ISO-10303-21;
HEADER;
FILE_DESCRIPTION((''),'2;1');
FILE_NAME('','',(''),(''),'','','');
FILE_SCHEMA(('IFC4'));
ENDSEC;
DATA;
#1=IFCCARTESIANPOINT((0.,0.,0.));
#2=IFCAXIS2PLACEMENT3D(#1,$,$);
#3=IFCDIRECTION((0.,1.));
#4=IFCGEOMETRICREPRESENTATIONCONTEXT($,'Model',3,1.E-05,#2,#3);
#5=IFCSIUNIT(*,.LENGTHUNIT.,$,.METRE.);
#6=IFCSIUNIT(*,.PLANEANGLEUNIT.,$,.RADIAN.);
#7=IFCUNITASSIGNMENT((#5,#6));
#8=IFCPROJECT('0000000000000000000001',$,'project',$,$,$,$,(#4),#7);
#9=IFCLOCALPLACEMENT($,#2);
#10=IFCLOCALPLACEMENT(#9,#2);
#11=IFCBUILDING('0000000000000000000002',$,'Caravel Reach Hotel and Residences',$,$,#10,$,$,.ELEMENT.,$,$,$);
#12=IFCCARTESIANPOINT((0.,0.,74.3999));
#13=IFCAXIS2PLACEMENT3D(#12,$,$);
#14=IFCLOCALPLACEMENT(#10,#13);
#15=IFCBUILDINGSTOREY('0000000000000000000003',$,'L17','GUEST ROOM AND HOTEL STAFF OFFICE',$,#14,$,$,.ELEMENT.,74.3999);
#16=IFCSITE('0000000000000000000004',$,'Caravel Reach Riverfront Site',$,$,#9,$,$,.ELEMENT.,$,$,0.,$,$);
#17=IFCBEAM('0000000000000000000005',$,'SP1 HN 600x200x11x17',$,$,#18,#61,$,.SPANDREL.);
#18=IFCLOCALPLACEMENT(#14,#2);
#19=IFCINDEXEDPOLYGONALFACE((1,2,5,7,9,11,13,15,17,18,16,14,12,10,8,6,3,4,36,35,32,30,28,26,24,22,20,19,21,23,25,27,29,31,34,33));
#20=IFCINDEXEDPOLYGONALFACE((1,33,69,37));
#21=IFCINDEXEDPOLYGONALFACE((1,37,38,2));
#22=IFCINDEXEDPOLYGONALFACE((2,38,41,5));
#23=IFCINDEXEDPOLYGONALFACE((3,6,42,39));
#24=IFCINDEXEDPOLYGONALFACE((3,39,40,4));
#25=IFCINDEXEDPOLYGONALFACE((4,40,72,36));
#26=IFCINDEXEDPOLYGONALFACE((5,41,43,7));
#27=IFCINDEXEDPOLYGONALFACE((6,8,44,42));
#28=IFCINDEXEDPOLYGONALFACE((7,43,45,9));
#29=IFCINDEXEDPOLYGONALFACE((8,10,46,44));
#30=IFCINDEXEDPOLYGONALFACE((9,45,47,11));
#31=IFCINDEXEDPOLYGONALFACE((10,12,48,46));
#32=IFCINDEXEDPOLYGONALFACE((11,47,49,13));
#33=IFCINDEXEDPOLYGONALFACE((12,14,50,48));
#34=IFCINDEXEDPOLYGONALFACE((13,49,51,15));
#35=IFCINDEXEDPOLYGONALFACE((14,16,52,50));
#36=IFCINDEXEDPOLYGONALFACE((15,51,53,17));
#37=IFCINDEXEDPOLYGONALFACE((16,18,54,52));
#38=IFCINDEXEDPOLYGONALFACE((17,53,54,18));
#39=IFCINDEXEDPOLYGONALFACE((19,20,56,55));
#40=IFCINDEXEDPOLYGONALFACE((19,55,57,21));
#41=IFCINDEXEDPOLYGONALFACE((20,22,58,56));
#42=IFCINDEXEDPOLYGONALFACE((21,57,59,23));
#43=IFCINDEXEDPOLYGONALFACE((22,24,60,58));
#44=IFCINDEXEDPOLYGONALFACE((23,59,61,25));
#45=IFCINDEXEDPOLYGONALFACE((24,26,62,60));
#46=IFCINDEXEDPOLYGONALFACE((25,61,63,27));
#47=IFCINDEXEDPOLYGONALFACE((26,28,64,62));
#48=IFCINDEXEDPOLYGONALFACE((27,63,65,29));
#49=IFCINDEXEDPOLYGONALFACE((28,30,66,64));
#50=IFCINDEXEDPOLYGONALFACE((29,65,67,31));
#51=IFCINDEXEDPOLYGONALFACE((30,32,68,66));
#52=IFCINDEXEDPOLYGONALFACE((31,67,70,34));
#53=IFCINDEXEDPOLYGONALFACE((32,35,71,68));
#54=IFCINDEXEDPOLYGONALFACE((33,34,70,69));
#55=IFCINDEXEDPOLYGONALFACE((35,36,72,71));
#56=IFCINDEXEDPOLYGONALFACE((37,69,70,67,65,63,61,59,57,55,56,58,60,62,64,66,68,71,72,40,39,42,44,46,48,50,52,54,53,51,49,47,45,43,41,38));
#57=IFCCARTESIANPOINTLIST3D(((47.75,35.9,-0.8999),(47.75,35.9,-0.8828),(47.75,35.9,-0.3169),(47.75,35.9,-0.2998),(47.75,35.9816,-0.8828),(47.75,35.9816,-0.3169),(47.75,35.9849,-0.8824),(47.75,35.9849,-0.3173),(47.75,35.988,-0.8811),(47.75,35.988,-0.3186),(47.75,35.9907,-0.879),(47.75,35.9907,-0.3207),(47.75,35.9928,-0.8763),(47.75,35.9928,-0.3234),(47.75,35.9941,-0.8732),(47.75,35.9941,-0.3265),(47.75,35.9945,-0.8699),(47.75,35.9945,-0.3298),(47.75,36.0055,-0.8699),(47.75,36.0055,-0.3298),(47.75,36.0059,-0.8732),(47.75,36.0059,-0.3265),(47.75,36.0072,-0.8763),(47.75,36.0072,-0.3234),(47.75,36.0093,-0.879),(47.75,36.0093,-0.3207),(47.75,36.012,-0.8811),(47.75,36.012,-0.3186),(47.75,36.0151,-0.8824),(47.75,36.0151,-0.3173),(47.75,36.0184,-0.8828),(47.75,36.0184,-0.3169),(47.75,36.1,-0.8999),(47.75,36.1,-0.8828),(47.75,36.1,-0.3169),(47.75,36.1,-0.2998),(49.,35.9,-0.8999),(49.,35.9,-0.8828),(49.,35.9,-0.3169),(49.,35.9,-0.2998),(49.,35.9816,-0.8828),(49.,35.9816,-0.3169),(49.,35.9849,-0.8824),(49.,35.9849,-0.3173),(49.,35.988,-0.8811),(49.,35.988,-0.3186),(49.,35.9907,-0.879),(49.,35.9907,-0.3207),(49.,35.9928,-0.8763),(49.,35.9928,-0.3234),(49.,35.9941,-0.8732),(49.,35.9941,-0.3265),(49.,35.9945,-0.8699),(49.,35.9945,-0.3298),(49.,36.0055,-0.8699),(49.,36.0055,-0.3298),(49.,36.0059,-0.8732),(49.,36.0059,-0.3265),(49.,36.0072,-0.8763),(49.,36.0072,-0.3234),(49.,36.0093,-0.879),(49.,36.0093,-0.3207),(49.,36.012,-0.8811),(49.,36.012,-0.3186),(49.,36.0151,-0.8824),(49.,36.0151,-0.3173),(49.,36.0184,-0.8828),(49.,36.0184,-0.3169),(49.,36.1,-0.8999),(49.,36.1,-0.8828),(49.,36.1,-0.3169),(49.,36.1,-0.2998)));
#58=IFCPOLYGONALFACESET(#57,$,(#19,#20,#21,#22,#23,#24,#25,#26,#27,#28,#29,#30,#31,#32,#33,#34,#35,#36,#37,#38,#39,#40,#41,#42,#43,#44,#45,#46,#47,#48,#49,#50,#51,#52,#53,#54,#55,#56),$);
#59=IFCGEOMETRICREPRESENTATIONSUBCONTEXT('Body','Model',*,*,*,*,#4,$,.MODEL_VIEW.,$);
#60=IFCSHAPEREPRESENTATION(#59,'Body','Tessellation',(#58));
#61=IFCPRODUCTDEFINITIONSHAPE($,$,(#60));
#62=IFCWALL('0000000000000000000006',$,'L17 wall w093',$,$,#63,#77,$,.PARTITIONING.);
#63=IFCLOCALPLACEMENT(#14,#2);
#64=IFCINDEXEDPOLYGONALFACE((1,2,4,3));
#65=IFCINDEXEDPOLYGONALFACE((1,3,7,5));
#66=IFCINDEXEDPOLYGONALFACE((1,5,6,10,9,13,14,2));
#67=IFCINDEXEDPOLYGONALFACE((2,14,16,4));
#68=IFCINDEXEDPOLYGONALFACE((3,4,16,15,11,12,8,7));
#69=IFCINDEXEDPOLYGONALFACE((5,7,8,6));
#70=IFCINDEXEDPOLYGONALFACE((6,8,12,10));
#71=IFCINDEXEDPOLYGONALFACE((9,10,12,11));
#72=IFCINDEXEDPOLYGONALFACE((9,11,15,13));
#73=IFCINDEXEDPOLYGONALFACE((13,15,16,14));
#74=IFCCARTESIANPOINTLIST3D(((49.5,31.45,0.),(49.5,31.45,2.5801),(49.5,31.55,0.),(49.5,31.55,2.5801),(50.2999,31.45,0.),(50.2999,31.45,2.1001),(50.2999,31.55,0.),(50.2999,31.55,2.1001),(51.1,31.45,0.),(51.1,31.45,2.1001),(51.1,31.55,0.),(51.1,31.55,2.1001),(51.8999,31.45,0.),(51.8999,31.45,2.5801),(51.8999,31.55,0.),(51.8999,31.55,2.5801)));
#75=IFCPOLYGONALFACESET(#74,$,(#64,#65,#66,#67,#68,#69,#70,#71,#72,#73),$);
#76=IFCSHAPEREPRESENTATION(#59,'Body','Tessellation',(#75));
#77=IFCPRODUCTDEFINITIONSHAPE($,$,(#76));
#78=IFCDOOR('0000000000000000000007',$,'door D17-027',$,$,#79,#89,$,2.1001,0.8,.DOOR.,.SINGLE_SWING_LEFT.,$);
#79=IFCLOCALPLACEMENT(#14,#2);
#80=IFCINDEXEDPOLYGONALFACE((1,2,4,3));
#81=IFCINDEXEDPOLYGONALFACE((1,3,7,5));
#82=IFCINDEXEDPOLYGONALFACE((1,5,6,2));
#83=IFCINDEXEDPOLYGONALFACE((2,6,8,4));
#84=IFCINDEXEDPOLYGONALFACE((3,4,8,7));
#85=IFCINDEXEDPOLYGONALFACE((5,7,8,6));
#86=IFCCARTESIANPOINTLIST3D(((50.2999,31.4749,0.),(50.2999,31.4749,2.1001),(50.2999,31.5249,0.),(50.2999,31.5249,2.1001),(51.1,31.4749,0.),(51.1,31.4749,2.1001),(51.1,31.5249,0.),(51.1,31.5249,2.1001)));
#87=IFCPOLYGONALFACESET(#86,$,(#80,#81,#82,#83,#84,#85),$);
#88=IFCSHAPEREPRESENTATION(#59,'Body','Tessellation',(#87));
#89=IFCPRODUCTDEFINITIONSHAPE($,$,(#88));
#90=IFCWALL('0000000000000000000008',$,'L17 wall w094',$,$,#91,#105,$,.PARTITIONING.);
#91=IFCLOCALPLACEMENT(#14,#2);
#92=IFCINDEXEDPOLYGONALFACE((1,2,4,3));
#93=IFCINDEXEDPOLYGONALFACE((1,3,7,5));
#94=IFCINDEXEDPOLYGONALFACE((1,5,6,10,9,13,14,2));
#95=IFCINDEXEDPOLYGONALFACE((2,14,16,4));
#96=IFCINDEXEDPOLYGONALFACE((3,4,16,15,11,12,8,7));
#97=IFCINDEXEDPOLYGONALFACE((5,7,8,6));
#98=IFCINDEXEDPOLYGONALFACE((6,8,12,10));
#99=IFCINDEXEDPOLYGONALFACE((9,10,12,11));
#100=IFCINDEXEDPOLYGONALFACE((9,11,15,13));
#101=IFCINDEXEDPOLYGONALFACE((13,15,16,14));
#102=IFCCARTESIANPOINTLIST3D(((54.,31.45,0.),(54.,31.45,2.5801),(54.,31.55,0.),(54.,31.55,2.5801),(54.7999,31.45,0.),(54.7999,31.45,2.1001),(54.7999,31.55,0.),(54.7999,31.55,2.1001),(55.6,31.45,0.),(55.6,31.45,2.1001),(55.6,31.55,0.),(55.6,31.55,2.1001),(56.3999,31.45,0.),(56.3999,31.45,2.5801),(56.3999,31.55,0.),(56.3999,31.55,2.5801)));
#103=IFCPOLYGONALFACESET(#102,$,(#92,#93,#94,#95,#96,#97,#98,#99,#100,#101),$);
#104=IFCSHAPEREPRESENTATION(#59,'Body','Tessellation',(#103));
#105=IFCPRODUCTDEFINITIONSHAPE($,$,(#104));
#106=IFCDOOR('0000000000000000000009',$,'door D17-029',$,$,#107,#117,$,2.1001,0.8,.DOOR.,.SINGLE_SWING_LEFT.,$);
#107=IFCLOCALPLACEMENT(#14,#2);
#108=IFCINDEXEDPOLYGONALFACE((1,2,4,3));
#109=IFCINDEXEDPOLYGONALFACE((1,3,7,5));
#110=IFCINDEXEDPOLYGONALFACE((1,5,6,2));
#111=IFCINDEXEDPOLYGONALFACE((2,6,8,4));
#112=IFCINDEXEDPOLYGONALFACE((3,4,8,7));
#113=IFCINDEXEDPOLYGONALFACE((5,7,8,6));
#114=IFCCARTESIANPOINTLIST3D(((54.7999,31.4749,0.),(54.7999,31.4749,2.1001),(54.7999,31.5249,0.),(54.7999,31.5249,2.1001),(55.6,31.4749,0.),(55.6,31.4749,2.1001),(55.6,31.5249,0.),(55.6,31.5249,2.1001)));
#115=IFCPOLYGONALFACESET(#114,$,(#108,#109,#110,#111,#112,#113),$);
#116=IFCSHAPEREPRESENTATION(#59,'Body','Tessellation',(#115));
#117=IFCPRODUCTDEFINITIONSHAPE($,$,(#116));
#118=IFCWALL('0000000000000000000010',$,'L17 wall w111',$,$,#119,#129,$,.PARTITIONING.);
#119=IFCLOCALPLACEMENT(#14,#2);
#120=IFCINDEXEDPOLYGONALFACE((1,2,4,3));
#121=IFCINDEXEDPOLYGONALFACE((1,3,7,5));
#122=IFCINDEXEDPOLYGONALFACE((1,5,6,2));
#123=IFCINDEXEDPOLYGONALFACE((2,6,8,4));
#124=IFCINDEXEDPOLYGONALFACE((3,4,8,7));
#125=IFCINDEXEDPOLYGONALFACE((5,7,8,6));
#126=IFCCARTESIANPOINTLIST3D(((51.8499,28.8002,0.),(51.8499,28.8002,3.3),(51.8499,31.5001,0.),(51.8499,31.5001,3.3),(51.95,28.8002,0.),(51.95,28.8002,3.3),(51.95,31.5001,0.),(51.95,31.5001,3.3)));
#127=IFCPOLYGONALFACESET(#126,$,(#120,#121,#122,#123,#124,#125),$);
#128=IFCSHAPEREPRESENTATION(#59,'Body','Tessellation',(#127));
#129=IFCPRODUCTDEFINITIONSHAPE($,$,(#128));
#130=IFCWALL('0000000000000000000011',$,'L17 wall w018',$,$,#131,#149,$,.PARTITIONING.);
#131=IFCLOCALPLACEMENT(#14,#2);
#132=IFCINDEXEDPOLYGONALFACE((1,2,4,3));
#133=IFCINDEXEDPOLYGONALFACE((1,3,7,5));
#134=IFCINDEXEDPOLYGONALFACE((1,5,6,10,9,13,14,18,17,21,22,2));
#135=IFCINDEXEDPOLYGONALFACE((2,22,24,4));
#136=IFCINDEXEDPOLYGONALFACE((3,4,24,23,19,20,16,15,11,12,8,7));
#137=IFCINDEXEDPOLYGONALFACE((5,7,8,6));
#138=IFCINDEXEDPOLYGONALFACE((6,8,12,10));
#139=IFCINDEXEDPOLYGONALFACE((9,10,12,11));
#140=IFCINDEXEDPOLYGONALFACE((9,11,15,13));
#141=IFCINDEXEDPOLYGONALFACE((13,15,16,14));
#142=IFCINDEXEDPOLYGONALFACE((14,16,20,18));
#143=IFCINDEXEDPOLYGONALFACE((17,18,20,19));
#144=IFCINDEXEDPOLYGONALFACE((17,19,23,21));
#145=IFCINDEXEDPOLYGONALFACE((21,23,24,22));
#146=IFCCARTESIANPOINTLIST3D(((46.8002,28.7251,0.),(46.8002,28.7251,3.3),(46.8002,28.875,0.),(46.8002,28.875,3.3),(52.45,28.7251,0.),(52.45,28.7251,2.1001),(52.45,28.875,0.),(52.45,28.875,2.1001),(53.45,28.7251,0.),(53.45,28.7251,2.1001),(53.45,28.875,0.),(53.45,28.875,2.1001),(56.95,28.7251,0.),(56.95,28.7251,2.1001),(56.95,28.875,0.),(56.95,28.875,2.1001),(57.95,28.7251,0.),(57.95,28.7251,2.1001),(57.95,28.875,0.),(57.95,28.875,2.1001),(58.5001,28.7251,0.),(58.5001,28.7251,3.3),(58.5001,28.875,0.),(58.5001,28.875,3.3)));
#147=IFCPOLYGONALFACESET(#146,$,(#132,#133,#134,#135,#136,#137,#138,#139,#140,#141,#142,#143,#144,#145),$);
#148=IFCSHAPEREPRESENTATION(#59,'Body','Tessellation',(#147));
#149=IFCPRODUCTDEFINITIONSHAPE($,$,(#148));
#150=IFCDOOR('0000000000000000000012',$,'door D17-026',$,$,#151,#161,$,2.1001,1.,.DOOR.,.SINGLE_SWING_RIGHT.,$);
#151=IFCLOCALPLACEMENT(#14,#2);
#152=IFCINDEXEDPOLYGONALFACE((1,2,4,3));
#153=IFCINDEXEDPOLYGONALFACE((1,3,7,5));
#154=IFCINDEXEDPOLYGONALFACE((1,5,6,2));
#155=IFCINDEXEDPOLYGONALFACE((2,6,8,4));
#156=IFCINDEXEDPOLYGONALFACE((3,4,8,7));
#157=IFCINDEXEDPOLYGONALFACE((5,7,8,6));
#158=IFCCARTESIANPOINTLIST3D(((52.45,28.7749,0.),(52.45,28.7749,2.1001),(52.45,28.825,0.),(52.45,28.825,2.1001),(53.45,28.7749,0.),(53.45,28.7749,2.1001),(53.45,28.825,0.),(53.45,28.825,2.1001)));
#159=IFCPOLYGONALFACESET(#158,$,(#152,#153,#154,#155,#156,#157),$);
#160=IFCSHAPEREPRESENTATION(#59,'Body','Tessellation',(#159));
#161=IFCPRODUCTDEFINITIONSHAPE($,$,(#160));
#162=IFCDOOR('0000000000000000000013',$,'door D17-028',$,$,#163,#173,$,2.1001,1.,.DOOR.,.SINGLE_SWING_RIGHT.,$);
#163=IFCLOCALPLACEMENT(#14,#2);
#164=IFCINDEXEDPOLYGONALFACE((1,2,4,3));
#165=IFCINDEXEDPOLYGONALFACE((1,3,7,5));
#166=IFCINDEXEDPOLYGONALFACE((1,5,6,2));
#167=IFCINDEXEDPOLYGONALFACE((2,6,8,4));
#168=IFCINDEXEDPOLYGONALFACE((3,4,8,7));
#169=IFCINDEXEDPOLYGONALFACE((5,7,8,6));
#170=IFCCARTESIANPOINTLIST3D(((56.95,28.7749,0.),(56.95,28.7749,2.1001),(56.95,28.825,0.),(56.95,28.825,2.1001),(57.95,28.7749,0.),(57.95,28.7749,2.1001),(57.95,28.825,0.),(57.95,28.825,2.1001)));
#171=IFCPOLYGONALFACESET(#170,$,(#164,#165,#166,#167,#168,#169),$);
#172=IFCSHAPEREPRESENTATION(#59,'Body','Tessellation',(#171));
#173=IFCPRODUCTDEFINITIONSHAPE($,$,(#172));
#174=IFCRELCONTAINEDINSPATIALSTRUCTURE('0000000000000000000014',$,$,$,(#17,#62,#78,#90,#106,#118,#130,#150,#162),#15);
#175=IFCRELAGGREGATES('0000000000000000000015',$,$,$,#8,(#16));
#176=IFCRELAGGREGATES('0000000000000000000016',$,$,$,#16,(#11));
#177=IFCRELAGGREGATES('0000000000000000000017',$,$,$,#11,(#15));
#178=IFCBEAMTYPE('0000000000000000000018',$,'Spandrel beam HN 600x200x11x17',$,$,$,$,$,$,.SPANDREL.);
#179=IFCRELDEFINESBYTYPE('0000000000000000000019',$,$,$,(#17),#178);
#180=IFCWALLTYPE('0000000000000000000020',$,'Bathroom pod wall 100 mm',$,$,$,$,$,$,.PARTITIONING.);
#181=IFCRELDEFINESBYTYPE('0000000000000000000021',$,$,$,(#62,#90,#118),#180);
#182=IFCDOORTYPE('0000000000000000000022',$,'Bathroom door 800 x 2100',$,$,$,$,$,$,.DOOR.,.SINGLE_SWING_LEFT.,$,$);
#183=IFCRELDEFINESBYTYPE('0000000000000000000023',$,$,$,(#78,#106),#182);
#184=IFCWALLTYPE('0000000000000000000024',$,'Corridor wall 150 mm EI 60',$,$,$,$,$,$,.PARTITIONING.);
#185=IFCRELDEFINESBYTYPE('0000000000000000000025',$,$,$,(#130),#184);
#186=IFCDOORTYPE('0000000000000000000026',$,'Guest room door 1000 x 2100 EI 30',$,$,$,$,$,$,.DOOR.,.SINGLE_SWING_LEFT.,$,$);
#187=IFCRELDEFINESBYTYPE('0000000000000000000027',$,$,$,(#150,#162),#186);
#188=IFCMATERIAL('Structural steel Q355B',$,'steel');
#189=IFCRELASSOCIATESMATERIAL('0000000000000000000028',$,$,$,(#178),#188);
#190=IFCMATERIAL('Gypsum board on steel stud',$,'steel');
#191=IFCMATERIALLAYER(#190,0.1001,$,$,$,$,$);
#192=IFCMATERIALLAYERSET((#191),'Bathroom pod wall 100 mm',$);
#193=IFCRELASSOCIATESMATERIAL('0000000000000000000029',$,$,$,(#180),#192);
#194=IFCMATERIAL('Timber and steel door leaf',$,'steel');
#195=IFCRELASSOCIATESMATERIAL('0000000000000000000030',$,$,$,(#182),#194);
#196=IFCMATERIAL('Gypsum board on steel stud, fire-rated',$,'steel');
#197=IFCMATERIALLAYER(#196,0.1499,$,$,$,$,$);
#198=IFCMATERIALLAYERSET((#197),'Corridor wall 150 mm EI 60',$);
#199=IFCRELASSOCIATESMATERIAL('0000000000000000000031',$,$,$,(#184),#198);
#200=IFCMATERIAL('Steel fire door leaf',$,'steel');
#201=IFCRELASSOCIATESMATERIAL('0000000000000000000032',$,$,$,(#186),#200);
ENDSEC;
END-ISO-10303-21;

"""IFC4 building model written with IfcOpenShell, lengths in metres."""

from ifc_helpers import new_model, si_unit, direction, frame, frame_2d, origin, origin_2d, place, context, subcontext, project, spatial, rectangle, i_section, extrude, material, layer, layer_set, material_profile, profile_set, type_object, element, fill, save


model = new_model("IFC4")

# Units and contexts
model_context = context("Model", 3, precision=1e-05, world=origin(), true_north=direction((0.0, 1.0)))
body_context = subcontext(model_context, "Body", "Model", "MODEL_VIEW")
ifc_project = project(units=[si_unit("LENGTHUNIT", "METRE"), si_unit("PLANEANGLEUNIT", "RADIAN")], contexts=[model_context])

# Site, building, storey
site_placement = place(None, origin())
site = spatial("IfcSite", under=ifc_project, at=site_placement, Name="Caravel Reach Riverfront Site", CompositionType="ELEMENT", RefElevation=0.0)
building_placement = place(site_placement, origin())
building = spatial("IfcBuilding", under=site, at=building_placement, Name="Caravel Reach Hotel and Residences", CompositionType="ELEMENT")
storey_placement = place(building_placement, frame((0.0, 0.0, 74.3999)))
storey = spatial("IfcBuildingStorey", under=building, at=storey_placement, Name="L17", Description="GUEST ROOM AND HOTEL STAFF OFFICE", CompositionType="ELEMENT", Elevation=74.3999)

# Beam
ifc_material_1 = material(Name="Structural steel Q355B", Category="steel")
ifc_material_profile_1 = material_profile(ifc_material_1, i_section(OverallWidth=0.2, OverallDepth=0.6001, WebThickness=0.011, FlangeThickness=0.0171, FilletRadius=0.0129, at=origin_2d()), Name="HN 600x200x11x17")
ifc_profile_set_1 = profile_set([ifc_material_profile_1], Name="Structural steel Q355B")
beam_type_1 = type_object("IfcBeamType", Name="Spandrel beam HN 600x200x11x17", PredefinedType="SPANDREL", material=ifc_profile_set_1)
beam_1_placement = place(storey_placement, frame((49.0, 36.0, -0.5999), z_axis=(-1.0, 0.0, 0.0), x_axis=(0.0, -1.0, 0.0)))
element("IfcBeam", 1, at=beam_1_placement, inside=storey, type_object=beam_type_1, Name="SP1 HN 600x200x11x17", PredefinedType="SPANDREL", context=body_context, shape_type="SweptSolid", body=[
    extrude(i_section(OverallWidth=0.2, OverallDepth=0.6001, WebThickness=0.011, FlangeThickness=0.0171, FilletRadius=0.0129, at=origin_2d()), origin(), (0.0, 0.0, 1.0), 1.25),
])

# Walls, openings, doors
ifc_material_2 = material(Name="Gypsum board on steel stud", Category="steel")
ifc_layer_1 = layer(ifc_material_2, 0.1001)
ifc_layer_set_1 = layer_set([ifc_layer_1], Name="Bathroom pod wall 100 mm")
wall_type_1 = type_object("IfcWallType", Name="Bathroom pod wall 100 mm", PredefinedType="PARTITIONING", material=ifc_layer_set_1)
wall_1_placement = place(storey_placement, frame((49.5, 31.5, 0.0), z_axis=(0.0, 0.0, 1.0), x_axis=(1.0, 0.0, 0.0)))
wall_1 = element("IfcWall", 2, at=wall_1_placement, inside=storey, type_object=wall_type_1, Name="L17 wall w093", PredefinedType="PARTITIONING", context=body_context, shape_type="SweptSolid", body=[
    extrude(rectangle(XDim=2.3999, YDim=0.1001, at=frame_2d((1.2, 0.0))), origin(), (0.0, 0.0, 1.0), 2.5801),
])
opening_1_placement = place(wall_1_placement, frame((0.8, 0.0, 0.0)))
opening_1 = element("IfcOpeningElement", 3, at=opening_1_placement, cuts=wall_1, PredefinedType="OPENING", context=body_context, shape_type="SweptSolid", body=[
    extrude(rectangle(XDim=0.8, YDim=2.1001, at=frame_2d((0.3999, 1.05))), frame((0.0, 0.0601, 0.0), z_axis=(0.0, -1.0, 0.0), x_axis=(1.0, 0.0, 0.0)), (0.0, 0.0, 1.0), 0.1201),
])
ifc_material_3 = material(Name="Timber and steel door leaf", Category="steel")
door_type_1 = type_object("IfcDoorType", Name="Bathroom door 800 x 2100", OperationType="SINGLE_SWING_LEFT", PredefinedType="DOOR", material=ifc_material_3)
door_1_placement = place(opening_1_placement, origin())
door_1 = element("IfcDoor", 4, at=door_1_placement, inside=storey, type_object=door_type_1, Name="door D17-027", OperationType="SINGLE_SWING_LEFT", OverallHeight=2.1001, OverallWidth=0.8, PredefinedType="DOOR", context=body_context, shape_type="SweptSolid", body=[
    extrude(rectangle(XDim=0.8, YDim=2.1001, at=frame_2d((0.3999, 1.05))), frame((0.0, 0.0249, 0.0), z_axis=(0.0, -1.0, 0.0), x_axis=(1.0, 0.0, 0.0)), (0.0, 0.0, 1.0), 0.05),
])
fill(opening_1, door_1)
wall_2_placement = place(storey_placement, frame((54.0, 31.5, 0.0), z_axis=(0.0, 0.0, 1.0), x_axis=(1.0, 0.0, 0.0)))
wall_2 = element("IfcWall", 5, at=wall_2_placement, inside=storey, type_object=wall_type_1, Name="L17 wall w094", PredefinedType="PARTITIONING", context=body_context, shape_type="SweptSolid", body=[
    extrude(rectangle(XDim=2.3999, YDim=0.1001, at=frame_2d((1.2, 0.0))), origin(), (0.0, 0.0, 1.0), 2.5801),
])
opening_2_placement = place(wall_2_placement, frame((0.8, 0.0, 0.0)))
opening_2 = element("IfcOpeningElement", 6, at=opening_2_placement, cuts=wall_2, PredefinedType="OPENING", context=body_context, shape_type="SweptSolid", body=[
    extrude(rectangle(XDim=0.8, YDim=2.1001, at=frame_2d((0.3999, 1.05))), frame((0.0, 0.0601, 0.0), z_axis=(0.0, -1.0, 0.0), x_axis=(1.0, 0.0, 0.0)), (0.0, 0.0, 1.0), 0.1201),
])
door_2_placement = place(opening_2_placement, origin())
door_2 = element("IfcDoor", 7, at=door_2_placement, inside=storey, type_object=door_type_1, Name="door D17-029", OperationType="SINGLE_SWING_LEFT", OverallHeight=2.1001, OverallWidth=0.8, PredefinedType="DOOR", context=body_context, shape_type="SweptSolid", body=[
    extrude(rectangle(XDim=0.8, YDim=2.1001, at=frame_2d((0.3999, 1.05))), frame((0.0, 0.0249, 0.0), z_axis=(0.0, -1.0, 0.0), x_axis=(1.0, 0.0, 0.0)), (0.0, 0.0, 1.0), 0.05),
])
fill(opening_2, door_2)

# Wall
wall_3_placement = place(storey_placement, frame((51.8999, 28.8, 0.0), z_axis=(0.0, 0.0, 1.0), x_axis=(0.0, 1.0, 0.0)))
element("IfcWall", 8, at=wall_3_placement, inside=storey, type_object=wall_type_1, Name="L17 wall w111", PredefinedType="PARTITIONING", context=body_context, shape_type="SweptSolid", body=[
    extrude(rectangle(XDim=2.7, YDim=0.1001, at=frame_2d((1.3501, 0.0))), origin(), (0.0, 0.0, 1.0), 3.3),
])

# Wall, openings, doors
ifc_material_4 = material(Name="Gypsum board on steel stud, fire-rated", Category="steel")
ifc_layer_2 = layer(ifc_material_4, 0.1499)
ifc_layer_set_2 = layer_set([ifc_layer_2], Name="Corridor wall 150 mm EI 60")
wall_type_2 = type_object("IfcWallType", Name="Corridor wall 150 mm EI 60", PredefinedType="PARTITIONING", material=ifc_layer_set_2)
wall_4_placement = place(storey_placement, frame((46.8, 28.8, 0.0), z_axis=(0.0, 0.0, 1.0), x_axis=(1.0, 0.0, 0.0)))
wall_4 = element("IfcWall", 9, at=wall_4_placement, inside=storey, type_object=wall_type_2, Name="L17 wall w018", PredefinedType="PARTITIONING", context=body_context, shape_type="SweptSolid", body=[
    extrude(rectangle(XDim=11.7, YDim=0.1499, at=frame_2d((5.8501, 0.0))), origin(), (0.0, 0.0, 1.0), 3.3),
])
opening_3_placement = place(wall_4_placement, frame((5.6499, 0.0, 0.0)))
opening_3 = element("IfcOpeningElement", 10, at=opening_3_placement, cuts=wall_4, PredefinedType="OPENING", context=body_context, shape_type="SweptSolid", body=[
    extrude(rectangle(XDim=1.0, YDim=2.1001, at=frame_2d((0.5, 1.05))), frame((0.0, 0.085, 0.0), z_axis=(0.0, -1.0, 0.0), x_axis=(1.0, 0.0, 0.0)), (0.0, 0.0, 1.0), 0.1699),
])
opening_4_placement = place(wall_4_placement, frame((10.1499, 0.0, 0.0)))
opening_4 = element("IfcOpeningElement", 11, at=opening_4_placement, cuts=wall_4, PredefinedType="OPENING", context=body_context, shape_type="SweptSolid", body=[
    extrude(rectangle(XDim=1.0, YDim=2.1001, at=frame_2d((0.5, 1.05))), frame((0.0, 0.085, 0.0), z_axis=(0.0, -1.0, 0.0), x_axis=(1.0, 0.0, 0.0)), (0.0, 0.0, 1.0), 0.1699),
])
ifc_material_5 = material(Name="Steel fire door leaf", Category="steel")
door_type_2 = type_object("IfcDoorType", Name="Guest room door 1000 x 2100 EI 30", OperationType="SINGLE_SWING_LEFT", PredefinedType="DOOR", material=ifc_material_5)
door_3_placement = place(opening_3_placement, origin())
door_3 = element("IfcDoor", 12, at=door_3_placement, inside=storey, type_object=door_type_2, Name="door D17-026", OperationType="SINGLE_SWING_RIGHT", OverallHeight=2.1001, OverallWidth=1.0, PredefinedType="DOOR", context=body_context, shape_type="SweptSolid", body=[
    extrude(rectangle(XDim=1.0, YDim=2.1001, at=frame_2d((0.5, 1.05))), frame((0.0, 0.0249, 0.0), z_axis=(0.0, -1.0, 0.0), x_axis=(1.0, 0.0, 0.0)), (0.0, 0.0, 1.0), 0.05),
])
fill(opening_3, door_3)
door_4_placement = place(opening_4_placement, origin())
door_4 = element("IfcDoor", 13, at=door_4_placement, inside=storey, type_object=door_type_2, Name="door D17-028", OperationType="SINGLE_SWING_RIGHT", OverallHeight=2.1001, OverallWidth=1.0, PredefinedType="DOOR", context=body_context, shape_type="SweptSolid", body=[
    extrude(rectangle(XDim=1.0, YDim=2.1001, at=frame_2d((0.5, 1.05))), frame((0.0, 0.0249, 0.0), z_axis=(0.0, -1.0, 0.0), x_axis=(1.0, 0.0, 0.0)), (0.0, 0.0, 1.0), 0.05),
])
fill(opening_4, door_4)

save(model, "model.ifc")
